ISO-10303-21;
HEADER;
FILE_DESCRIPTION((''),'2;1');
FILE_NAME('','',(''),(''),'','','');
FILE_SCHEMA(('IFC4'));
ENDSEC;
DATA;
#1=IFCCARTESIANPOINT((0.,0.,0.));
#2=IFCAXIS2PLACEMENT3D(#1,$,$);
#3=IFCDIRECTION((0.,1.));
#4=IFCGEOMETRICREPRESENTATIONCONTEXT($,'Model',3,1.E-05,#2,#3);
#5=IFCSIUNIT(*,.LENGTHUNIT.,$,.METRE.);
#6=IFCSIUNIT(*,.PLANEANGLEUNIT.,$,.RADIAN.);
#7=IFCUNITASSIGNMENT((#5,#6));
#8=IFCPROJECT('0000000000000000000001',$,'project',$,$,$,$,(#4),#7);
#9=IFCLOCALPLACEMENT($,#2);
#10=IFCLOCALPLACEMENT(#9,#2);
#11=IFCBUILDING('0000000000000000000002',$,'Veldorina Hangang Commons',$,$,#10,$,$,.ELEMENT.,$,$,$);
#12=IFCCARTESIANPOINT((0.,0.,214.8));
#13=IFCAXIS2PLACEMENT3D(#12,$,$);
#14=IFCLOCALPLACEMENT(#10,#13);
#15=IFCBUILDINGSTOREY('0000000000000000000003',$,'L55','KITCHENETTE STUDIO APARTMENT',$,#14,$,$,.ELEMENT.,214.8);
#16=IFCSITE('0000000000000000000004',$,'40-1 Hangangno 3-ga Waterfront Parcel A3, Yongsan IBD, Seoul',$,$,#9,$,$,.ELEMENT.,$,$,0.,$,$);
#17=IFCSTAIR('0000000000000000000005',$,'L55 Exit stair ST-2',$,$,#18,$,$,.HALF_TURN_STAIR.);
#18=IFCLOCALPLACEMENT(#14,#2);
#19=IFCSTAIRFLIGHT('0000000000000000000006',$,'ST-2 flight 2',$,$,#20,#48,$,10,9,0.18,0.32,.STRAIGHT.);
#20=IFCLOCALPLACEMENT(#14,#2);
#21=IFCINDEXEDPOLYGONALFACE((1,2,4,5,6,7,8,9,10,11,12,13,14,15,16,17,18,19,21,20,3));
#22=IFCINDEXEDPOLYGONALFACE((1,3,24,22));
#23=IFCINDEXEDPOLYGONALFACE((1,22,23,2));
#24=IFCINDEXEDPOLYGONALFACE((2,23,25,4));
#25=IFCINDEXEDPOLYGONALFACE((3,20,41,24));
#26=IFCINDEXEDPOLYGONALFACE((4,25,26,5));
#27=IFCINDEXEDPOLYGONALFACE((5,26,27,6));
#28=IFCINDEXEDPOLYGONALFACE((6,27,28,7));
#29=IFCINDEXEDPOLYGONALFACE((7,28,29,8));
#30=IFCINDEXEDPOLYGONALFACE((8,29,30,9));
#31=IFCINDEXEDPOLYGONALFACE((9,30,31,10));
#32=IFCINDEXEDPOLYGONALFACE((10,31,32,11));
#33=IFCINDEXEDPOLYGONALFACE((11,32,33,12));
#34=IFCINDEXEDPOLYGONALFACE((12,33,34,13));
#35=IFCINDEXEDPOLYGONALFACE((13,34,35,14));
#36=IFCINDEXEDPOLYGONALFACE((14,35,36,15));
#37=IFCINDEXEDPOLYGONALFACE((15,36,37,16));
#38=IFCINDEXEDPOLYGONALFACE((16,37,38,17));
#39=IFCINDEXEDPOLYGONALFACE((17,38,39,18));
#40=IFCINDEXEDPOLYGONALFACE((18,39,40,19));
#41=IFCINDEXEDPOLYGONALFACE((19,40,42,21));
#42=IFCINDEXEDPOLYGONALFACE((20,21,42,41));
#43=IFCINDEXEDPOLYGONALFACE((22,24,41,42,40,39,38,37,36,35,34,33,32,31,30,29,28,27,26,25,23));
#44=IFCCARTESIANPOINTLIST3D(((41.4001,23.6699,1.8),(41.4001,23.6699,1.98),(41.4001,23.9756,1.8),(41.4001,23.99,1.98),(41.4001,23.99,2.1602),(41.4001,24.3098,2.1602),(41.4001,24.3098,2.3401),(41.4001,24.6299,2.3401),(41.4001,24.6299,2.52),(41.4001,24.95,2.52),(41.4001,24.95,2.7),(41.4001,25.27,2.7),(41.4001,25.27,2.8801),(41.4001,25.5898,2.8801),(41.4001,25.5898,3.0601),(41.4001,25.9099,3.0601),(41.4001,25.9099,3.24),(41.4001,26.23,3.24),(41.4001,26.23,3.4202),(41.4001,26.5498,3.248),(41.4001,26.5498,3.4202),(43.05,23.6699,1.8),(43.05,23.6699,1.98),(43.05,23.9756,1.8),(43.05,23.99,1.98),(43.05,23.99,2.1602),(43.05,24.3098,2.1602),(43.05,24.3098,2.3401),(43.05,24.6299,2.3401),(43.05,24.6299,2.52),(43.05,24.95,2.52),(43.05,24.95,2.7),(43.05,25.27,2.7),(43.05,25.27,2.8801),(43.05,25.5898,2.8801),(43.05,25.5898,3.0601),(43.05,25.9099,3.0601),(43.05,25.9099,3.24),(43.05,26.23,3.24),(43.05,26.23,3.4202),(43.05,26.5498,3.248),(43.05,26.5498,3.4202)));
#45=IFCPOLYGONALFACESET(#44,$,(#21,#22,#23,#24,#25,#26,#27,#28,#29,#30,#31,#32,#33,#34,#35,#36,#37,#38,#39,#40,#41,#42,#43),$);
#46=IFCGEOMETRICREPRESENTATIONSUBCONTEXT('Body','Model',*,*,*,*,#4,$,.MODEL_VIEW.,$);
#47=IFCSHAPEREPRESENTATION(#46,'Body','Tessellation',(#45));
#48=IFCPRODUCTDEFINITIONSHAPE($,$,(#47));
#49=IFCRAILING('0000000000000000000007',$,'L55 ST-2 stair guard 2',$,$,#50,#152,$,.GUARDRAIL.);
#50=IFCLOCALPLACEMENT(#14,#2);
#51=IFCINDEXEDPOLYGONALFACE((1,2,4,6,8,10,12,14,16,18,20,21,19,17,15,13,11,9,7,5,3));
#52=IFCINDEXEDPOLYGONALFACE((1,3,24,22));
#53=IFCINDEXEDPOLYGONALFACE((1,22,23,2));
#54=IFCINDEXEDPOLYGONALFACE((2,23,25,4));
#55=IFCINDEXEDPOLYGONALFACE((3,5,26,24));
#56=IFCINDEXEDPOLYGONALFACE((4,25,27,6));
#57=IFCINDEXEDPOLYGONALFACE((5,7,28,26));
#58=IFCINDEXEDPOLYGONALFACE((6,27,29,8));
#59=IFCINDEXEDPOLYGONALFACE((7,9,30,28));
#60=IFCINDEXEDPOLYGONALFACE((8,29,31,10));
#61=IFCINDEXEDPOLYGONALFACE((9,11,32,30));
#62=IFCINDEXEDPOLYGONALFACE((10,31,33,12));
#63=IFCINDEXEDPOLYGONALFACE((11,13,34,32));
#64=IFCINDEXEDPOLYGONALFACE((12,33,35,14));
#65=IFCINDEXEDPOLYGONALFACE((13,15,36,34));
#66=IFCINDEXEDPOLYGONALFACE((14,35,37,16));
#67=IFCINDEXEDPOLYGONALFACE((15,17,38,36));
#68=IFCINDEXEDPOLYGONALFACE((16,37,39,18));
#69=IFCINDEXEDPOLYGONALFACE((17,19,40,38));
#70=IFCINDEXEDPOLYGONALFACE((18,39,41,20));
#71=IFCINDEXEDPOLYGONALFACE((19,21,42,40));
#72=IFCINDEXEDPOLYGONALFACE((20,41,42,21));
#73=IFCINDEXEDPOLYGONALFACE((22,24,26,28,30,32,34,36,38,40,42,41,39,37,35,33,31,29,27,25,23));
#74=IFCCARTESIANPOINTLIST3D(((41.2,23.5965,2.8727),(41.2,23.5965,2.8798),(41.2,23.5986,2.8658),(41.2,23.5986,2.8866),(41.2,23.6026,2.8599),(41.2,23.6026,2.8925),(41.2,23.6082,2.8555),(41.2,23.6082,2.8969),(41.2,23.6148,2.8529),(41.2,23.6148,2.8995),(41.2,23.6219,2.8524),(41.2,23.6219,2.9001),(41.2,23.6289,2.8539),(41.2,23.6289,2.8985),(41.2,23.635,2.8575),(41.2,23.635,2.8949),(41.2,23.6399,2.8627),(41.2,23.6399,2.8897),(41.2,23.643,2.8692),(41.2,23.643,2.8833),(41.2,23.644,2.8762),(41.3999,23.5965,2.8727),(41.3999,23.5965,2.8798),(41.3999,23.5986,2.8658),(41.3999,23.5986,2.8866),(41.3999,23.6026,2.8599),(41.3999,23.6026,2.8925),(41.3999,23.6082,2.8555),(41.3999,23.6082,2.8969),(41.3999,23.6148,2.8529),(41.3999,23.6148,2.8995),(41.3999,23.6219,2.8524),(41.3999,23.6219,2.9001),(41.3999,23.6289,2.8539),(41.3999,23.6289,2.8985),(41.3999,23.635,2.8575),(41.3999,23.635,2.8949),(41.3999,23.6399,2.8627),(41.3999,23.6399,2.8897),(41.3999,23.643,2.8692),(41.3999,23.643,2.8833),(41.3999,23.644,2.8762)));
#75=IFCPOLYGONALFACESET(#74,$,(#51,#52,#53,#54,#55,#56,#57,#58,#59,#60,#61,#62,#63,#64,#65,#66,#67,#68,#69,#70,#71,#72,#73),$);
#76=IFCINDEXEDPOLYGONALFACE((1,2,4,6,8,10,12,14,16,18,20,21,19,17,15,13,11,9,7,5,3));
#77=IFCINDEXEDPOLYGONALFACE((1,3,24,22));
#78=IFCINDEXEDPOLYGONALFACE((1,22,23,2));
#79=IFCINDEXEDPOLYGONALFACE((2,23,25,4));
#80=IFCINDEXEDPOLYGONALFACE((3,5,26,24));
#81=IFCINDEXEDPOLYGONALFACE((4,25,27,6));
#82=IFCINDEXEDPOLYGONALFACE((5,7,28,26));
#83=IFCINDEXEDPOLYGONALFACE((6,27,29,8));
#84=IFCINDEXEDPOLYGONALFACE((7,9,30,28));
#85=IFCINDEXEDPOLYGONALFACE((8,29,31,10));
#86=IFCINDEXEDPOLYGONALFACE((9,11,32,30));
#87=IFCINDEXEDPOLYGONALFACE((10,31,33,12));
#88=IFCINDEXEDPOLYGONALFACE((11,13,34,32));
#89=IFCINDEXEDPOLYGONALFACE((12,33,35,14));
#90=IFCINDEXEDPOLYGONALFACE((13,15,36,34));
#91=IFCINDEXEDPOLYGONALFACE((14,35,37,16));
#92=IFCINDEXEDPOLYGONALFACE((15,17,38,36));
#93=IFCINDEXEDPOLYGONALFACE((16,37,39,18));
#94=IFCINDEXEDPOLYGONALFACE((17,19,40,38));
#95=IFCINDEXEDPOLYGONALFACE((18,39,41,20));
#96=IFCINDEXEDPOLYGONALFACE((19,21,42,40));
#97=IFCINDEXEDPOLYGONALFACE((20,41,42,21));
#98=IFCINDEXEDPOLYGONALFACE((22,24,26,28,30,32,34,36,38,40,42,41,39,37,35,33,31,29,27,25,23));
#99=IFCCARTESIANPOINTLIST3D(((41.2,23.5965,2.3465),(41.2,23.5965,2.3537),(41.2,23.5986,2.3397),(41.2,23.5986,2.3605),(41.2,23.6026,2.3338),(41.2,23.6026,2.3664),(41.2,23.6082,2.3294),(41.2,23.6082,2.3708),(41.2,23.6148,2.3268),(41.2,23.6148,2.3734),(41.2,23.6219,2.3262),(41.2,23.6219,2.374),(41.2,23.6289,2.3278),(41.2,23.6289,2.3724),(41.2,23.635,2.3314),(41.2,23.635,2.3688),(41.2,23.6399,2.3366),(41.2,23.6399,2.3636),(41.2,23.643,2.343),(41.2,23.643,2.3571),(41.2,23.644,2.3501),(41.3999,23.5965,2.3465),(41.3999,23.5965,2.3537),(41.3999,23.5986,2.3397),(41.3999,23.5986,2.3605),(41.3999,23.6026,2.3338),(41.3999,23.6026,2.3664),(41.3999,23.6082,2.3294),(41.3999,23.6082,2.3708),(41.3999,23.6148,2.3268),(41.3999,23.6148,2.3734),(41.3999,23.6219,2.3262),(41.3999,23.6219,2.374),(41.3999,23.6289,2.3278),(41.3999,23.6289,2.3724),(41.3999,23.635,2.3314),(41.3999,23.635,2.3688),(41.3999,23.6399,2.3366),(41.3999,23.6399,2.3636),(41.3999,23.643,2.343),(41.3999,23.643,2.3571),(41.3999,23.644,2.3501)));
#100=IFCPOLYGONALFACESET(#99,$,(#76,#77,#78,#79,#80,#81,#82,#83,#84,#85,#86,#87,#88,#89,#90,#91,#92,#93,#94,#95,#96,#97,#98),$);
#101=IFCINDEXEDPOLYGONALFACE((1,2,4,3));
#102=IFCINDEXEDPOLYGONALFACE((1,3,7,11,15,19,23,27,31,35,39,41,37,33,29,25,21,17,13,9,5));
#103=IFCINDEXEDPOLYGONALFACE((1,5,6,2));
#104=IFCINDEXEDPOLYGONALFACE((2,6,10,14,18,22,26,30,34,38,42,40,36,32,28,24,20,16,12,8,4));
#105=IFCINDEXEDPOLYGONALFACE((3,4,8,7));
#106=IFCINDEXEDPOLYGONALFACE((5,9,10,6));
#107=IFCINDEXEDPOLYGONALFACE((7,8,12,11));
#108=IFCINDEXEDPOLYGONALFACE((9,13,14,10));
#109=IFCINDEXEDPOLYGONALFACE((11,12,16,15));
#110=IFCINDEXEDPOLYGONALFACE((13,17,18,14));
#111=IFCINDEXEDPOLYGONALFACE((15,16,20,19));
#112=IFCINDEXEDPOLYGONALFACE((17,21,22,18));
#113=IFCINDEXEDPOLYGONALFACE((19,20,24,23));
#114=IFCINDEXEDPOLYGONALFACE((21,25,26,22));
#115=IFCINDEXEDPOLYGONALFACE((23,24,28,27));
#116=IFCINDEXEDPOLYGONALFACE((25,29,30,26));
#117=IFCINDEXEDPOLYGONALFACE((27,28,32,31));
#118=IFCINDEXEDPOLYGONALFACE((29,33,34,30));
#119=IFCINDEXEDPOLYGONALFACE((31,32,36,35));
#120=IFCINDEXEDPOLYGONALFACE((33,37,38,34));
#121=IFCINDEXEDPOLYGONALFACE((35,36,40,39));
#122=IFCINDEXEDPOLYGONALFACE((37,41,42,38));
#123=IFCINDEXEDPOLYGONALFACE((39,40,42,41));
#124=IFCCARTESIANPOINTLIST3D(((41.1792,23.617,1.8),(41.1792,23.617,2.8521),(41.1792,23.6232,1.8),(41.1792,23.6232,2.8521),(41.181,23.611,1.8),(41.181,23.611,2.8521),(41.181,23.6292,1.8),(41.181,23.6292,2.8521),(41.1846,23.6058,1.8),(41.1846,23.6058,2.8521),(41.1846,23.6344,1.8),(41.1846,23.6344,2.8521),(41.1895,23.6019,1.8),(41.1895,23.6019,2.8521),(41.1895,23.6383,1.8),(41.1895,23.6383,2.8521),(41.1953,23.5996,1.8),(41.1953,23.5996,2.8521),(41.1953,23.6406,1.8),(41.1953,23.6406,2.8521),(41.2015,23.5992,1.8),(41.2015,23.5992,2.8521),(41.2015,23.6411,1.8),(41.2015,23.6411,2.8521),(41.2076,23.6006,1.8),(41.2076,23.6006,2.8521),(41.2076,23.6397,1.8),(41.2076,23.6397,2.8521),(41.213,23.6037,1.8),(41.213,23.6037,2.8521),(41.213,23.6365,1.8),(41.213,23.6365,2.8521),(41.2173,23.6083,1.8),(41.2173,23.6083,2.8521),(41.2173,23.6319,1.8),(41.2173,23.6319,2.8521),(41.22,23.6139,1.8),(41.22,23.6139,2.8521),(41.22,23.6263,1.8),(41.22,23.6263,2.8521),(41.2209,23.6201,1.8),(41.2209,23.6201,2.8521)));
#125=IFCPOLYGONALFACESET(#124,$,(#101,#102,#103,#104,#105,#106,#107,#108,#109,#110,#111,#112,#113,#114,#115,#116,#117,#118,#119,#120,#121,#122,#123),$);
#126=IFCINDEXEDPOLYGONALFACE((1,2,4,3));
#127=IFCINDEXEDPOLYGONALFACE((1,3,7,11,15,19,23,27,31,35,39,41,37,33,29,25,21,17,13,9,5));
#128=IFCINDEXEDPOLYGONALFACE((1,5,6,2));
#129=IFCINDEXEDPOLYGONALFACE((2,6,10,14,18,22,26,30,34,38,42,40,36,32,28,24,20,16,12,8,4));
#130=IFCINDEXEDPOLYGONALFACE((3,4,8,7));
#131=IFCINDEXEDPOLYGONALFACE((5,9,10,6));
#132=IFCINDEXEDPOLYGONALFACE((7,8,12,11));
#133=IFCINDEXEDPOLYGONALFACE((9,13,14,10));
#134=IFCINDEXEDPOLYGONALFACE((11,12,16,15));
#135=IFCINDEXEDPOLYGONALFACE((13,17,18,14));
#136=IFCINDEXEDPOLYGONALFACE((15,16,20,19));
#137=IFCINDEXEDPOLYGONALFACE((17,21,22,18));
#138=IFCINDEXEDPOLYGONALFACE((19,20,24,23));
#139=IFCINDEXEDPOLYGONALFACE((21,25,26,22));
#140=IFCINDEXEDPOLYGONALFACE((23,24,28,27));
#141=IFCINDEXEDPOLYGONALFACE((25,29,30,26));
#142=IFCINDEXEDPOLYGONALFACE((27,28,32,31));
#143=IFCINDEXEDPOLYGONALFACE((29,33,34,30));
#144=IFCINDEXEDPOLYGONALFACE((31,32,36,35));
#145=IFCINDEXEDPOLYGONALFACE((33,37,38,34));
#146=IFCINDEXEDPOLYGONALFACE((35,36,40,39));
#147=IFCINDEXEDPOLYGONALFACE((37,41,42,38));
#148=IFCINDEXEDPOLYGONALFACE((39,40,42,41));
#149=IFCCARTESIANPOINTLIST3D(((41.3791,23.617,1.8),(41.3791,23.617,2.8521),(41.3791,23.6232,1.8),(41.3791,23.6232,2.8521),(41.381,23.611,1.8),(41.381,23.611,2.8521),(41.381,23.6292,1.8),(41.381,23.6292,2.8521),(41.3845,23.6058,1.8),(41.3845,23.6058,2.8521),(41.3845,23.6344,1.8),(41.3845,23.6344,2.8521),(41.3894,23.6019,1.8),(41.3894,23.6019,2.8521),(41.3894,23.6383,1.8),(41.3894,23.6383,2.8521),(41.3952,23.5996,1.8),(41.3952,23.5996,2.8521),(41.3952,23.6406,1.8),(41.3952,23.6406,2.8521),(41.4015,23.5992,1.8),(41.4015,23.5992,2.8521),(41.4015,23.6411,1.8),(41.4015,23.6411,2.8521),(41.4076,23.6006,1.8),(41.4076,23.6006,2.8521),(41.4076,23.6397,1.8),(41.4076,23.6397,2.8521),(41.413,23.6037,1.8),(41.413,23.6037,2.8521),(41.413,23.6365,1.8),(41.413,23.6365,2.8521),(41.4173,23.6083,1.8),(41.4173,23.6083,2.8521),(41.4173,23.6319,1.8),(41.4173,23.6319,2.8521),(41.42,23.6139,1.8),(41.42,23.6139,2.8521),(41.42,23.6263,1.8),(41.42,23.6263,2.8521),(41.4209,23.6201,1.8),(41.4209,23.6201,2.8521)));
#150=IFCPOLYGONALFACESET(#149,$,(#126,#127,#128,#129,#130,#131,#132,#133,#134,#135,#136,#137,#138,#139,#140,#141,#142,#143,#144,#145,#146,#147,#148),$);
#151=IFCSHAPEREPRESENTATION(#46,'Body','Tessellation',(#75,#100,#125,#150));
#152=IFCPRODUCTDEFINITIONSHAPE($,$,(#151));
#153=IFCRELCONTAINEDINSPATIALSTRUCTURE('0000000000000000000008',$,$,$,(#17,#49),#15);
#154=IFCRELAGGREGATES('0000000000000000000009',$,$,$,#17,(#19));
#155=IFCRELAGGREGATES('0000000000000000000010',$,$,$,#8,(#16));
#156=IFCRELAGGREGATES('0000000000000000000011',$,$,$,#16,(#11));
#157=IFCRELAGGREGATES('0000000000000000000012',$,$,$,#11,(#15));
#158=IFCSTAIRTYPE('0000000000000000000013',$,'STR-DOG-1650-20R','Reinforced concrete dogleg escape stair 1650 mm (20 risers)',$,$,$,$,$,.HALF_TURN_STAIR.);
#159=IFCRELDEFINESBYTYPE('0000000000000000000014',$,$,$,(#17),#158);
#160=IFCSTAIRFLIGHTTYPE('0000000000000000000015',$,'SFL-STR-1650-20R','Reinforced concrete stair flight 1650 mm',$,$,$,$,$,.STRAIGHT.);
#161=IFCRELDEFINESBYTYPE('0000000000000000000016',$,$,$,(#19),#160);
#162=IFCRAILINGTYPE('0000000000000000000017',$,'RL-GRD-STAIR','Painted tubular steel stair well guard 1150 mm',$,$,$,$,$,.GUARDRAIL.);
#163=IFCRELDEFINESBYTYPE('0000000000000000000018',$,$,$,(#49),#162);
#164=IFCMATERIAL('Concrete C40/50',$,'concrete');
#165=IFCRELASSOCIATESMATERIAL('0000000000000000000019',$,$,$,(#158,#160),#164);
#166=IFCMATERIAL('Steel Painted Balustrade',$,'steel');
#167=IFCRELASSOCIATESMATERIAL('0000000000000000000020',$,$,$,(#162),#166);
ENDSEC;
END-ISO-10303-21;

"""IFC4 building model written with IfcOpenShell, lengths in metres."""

from ifc_helpers import new_model, si_unit, direction, frame, origin, origin_2d, place, context, subcontext, project, spatial, polyline, circle, outline, extrude, material, type_object, element, aggregate, save


model = new_model("IFC4")

# Units and contexts
model_context = context("Model", 3, precision=1e-05, world=origin(), true_north=direction((0.0, 1.0)))
body_context = subcontext(model_context, "Body", "Model", "MODEL_VIEW")
ifc_project = project(units=[si_unit("LENGTHUNIT", "METRE"), si_unit("PLANEANGLEUNIT", "RADIAN")], contexts=[model_context])

# Site, building, storey
site_placement = place(None, origin())
site = spatial("IfcSite", under=ifc_project, at=site_placement, Name="40-1 Hangangno 3-ga Waterfront Parcel A3, Yongsan IBD, Seoul", CompositionType="ELEMENT", RefElevation=0.0)
building_placement = place(site_placement, origin())
building = spatial("IfcBuilding", under=site, at=building_placement, Name="Veldorina Hangang Commons", CompositionType="ELEMENT")
storey_placement = place(building_placement, frame((0.0, 0.0, 214.8)))
storey = spatial("IfcBuildingStorey", under=building, at=storey_placement, Name="L55", Description="KITCHENETTE STUDIO APARTMENT", CompositionType="ELEMENT", Elevation=214.8)

# Stair, stair flight
ifc_material_1 = material(Name="Concrete C40/50", Category="concrete")
stair_type = type_object("IfcStairType", Name="STR-DOG-1650-20R", Description="Reinforced concrete dogleg escape stair 1650 mm (20 risers)", PredefinedType="HALF_TURN_STAIR", material=ifc_material_1)
stair_placement = place(storey_placement, origin())
stair = element("IfcStair", 1, at=stair_placement, inside=storey, type_object=stair_type, Name="L55 Exit stair ST-2", PredefinedType="HALF_TURN_STAIR")
stair_flight_type = type_object("IfcStairFlightType", Name="SFL-STR-1650-20R", Description="Reinforced concrete stair flight 1650 mm", PredefinedType="STRAIGHT", material=ifc_material_1)
stair_flight_placement = place(storey_placement, frame((42.2251, 23.6699, 1.8), z_axis=(0.0, 0.0, 1.0), x_axis=(0.0, 1.0, 0.0)))
stair_flight = element("IfcStairFlight", 2, at=stair_flight_placement, type_object=stair_flight_type, Name="ST-2 flight 2", NumberOfRisers=10, NumberOfTreads=9, PredefinedType="STRAIGHT", RiserHeight=0.18, TreadLength=0.32, context=body_context, shape_type="SweptSolid", body=[
    extrude(outline(polyline([(0.0, 0.0), (0.0, 0.1799), (0.3201, 0.1799), (0.3201, 0.3601), (0.6399, 0.3601), (0.6399, 0.54), (0.96, 0.54), (0.96, 0.72), (1.28, 0.72), (1.28, 0.8999), (1.6001, 0.8999), (1.6001, 1.0801), (1.9199, 1.0801), (1.9199, 1.26), (2.24, 1.26), (2.24, 1.4399), (2.5601, 1.4399), (2.5601, 1.6201), (2.8799, 1.6201), (2.8799, 1.8), (2.8799, 1.448), (0.3057, 0.0), (0.0, 0.0)])), frame((0.0, 0.825, 0.0), z_axis=(0.0, -1.0, 0.0), x_axis=(1.0, 0.0, 0.0)), (0.0, 0.0, 1.0), 1.6499),
])
aggregate(stair, [stair_flight])

# Railing
ifc_material_2 = material(Name="Steel Painted Balustrade", Category="steel")
railing_type_1 = type_object("IfcRailingType", Name="RL-GRD-STAIR", Description="Painted tubular steel stair well guard 1150 mm", PredefinedType="GUARDRAIL", material=ifc_material_2)
railing_1_placement = place(storey_placement, frame((41.2, 23.6201, 1.8)))
element("IfcRailing", 3, at=railing_1_placement, inside=storey, type_object=railing_type_1, Name="L55 ST-2 stair guard 2", PredefinedType="GUARDRAIL", context=body_context, shape_type="SweptSolid", body=[
    extrude(circle(Radius=0.0239, at=origin_2d()), frame((0.0, 0.0, 1.0762), z_axis=(1.0, 0.0, 0.0), x_axis=(0.0, 1.0, 0.0)), (0.0, 0.0, 1.0), 0.2),
    extrude(circle(Radius=0.0239, at=origin_2d()), frame((0.0, 0.0, 0.55), z_axis=(1.0, 0.0, 0.0), x_axis=(0.0, 1.0, 0.0)), (0.0, 0.0, 1.0), 0.2),
    extrude(circle(Radius=0.021, at=origin_2d()), origin(), (0.0, 0.0, 1.0), 1.052),
    extrude(circle(Radius=0.021, at=origin_2d()), frame((0.2, 0.0, 0.0)), (0.0, 0.0, 1.0), 1.052),
])

save(model, "model.ifc")
